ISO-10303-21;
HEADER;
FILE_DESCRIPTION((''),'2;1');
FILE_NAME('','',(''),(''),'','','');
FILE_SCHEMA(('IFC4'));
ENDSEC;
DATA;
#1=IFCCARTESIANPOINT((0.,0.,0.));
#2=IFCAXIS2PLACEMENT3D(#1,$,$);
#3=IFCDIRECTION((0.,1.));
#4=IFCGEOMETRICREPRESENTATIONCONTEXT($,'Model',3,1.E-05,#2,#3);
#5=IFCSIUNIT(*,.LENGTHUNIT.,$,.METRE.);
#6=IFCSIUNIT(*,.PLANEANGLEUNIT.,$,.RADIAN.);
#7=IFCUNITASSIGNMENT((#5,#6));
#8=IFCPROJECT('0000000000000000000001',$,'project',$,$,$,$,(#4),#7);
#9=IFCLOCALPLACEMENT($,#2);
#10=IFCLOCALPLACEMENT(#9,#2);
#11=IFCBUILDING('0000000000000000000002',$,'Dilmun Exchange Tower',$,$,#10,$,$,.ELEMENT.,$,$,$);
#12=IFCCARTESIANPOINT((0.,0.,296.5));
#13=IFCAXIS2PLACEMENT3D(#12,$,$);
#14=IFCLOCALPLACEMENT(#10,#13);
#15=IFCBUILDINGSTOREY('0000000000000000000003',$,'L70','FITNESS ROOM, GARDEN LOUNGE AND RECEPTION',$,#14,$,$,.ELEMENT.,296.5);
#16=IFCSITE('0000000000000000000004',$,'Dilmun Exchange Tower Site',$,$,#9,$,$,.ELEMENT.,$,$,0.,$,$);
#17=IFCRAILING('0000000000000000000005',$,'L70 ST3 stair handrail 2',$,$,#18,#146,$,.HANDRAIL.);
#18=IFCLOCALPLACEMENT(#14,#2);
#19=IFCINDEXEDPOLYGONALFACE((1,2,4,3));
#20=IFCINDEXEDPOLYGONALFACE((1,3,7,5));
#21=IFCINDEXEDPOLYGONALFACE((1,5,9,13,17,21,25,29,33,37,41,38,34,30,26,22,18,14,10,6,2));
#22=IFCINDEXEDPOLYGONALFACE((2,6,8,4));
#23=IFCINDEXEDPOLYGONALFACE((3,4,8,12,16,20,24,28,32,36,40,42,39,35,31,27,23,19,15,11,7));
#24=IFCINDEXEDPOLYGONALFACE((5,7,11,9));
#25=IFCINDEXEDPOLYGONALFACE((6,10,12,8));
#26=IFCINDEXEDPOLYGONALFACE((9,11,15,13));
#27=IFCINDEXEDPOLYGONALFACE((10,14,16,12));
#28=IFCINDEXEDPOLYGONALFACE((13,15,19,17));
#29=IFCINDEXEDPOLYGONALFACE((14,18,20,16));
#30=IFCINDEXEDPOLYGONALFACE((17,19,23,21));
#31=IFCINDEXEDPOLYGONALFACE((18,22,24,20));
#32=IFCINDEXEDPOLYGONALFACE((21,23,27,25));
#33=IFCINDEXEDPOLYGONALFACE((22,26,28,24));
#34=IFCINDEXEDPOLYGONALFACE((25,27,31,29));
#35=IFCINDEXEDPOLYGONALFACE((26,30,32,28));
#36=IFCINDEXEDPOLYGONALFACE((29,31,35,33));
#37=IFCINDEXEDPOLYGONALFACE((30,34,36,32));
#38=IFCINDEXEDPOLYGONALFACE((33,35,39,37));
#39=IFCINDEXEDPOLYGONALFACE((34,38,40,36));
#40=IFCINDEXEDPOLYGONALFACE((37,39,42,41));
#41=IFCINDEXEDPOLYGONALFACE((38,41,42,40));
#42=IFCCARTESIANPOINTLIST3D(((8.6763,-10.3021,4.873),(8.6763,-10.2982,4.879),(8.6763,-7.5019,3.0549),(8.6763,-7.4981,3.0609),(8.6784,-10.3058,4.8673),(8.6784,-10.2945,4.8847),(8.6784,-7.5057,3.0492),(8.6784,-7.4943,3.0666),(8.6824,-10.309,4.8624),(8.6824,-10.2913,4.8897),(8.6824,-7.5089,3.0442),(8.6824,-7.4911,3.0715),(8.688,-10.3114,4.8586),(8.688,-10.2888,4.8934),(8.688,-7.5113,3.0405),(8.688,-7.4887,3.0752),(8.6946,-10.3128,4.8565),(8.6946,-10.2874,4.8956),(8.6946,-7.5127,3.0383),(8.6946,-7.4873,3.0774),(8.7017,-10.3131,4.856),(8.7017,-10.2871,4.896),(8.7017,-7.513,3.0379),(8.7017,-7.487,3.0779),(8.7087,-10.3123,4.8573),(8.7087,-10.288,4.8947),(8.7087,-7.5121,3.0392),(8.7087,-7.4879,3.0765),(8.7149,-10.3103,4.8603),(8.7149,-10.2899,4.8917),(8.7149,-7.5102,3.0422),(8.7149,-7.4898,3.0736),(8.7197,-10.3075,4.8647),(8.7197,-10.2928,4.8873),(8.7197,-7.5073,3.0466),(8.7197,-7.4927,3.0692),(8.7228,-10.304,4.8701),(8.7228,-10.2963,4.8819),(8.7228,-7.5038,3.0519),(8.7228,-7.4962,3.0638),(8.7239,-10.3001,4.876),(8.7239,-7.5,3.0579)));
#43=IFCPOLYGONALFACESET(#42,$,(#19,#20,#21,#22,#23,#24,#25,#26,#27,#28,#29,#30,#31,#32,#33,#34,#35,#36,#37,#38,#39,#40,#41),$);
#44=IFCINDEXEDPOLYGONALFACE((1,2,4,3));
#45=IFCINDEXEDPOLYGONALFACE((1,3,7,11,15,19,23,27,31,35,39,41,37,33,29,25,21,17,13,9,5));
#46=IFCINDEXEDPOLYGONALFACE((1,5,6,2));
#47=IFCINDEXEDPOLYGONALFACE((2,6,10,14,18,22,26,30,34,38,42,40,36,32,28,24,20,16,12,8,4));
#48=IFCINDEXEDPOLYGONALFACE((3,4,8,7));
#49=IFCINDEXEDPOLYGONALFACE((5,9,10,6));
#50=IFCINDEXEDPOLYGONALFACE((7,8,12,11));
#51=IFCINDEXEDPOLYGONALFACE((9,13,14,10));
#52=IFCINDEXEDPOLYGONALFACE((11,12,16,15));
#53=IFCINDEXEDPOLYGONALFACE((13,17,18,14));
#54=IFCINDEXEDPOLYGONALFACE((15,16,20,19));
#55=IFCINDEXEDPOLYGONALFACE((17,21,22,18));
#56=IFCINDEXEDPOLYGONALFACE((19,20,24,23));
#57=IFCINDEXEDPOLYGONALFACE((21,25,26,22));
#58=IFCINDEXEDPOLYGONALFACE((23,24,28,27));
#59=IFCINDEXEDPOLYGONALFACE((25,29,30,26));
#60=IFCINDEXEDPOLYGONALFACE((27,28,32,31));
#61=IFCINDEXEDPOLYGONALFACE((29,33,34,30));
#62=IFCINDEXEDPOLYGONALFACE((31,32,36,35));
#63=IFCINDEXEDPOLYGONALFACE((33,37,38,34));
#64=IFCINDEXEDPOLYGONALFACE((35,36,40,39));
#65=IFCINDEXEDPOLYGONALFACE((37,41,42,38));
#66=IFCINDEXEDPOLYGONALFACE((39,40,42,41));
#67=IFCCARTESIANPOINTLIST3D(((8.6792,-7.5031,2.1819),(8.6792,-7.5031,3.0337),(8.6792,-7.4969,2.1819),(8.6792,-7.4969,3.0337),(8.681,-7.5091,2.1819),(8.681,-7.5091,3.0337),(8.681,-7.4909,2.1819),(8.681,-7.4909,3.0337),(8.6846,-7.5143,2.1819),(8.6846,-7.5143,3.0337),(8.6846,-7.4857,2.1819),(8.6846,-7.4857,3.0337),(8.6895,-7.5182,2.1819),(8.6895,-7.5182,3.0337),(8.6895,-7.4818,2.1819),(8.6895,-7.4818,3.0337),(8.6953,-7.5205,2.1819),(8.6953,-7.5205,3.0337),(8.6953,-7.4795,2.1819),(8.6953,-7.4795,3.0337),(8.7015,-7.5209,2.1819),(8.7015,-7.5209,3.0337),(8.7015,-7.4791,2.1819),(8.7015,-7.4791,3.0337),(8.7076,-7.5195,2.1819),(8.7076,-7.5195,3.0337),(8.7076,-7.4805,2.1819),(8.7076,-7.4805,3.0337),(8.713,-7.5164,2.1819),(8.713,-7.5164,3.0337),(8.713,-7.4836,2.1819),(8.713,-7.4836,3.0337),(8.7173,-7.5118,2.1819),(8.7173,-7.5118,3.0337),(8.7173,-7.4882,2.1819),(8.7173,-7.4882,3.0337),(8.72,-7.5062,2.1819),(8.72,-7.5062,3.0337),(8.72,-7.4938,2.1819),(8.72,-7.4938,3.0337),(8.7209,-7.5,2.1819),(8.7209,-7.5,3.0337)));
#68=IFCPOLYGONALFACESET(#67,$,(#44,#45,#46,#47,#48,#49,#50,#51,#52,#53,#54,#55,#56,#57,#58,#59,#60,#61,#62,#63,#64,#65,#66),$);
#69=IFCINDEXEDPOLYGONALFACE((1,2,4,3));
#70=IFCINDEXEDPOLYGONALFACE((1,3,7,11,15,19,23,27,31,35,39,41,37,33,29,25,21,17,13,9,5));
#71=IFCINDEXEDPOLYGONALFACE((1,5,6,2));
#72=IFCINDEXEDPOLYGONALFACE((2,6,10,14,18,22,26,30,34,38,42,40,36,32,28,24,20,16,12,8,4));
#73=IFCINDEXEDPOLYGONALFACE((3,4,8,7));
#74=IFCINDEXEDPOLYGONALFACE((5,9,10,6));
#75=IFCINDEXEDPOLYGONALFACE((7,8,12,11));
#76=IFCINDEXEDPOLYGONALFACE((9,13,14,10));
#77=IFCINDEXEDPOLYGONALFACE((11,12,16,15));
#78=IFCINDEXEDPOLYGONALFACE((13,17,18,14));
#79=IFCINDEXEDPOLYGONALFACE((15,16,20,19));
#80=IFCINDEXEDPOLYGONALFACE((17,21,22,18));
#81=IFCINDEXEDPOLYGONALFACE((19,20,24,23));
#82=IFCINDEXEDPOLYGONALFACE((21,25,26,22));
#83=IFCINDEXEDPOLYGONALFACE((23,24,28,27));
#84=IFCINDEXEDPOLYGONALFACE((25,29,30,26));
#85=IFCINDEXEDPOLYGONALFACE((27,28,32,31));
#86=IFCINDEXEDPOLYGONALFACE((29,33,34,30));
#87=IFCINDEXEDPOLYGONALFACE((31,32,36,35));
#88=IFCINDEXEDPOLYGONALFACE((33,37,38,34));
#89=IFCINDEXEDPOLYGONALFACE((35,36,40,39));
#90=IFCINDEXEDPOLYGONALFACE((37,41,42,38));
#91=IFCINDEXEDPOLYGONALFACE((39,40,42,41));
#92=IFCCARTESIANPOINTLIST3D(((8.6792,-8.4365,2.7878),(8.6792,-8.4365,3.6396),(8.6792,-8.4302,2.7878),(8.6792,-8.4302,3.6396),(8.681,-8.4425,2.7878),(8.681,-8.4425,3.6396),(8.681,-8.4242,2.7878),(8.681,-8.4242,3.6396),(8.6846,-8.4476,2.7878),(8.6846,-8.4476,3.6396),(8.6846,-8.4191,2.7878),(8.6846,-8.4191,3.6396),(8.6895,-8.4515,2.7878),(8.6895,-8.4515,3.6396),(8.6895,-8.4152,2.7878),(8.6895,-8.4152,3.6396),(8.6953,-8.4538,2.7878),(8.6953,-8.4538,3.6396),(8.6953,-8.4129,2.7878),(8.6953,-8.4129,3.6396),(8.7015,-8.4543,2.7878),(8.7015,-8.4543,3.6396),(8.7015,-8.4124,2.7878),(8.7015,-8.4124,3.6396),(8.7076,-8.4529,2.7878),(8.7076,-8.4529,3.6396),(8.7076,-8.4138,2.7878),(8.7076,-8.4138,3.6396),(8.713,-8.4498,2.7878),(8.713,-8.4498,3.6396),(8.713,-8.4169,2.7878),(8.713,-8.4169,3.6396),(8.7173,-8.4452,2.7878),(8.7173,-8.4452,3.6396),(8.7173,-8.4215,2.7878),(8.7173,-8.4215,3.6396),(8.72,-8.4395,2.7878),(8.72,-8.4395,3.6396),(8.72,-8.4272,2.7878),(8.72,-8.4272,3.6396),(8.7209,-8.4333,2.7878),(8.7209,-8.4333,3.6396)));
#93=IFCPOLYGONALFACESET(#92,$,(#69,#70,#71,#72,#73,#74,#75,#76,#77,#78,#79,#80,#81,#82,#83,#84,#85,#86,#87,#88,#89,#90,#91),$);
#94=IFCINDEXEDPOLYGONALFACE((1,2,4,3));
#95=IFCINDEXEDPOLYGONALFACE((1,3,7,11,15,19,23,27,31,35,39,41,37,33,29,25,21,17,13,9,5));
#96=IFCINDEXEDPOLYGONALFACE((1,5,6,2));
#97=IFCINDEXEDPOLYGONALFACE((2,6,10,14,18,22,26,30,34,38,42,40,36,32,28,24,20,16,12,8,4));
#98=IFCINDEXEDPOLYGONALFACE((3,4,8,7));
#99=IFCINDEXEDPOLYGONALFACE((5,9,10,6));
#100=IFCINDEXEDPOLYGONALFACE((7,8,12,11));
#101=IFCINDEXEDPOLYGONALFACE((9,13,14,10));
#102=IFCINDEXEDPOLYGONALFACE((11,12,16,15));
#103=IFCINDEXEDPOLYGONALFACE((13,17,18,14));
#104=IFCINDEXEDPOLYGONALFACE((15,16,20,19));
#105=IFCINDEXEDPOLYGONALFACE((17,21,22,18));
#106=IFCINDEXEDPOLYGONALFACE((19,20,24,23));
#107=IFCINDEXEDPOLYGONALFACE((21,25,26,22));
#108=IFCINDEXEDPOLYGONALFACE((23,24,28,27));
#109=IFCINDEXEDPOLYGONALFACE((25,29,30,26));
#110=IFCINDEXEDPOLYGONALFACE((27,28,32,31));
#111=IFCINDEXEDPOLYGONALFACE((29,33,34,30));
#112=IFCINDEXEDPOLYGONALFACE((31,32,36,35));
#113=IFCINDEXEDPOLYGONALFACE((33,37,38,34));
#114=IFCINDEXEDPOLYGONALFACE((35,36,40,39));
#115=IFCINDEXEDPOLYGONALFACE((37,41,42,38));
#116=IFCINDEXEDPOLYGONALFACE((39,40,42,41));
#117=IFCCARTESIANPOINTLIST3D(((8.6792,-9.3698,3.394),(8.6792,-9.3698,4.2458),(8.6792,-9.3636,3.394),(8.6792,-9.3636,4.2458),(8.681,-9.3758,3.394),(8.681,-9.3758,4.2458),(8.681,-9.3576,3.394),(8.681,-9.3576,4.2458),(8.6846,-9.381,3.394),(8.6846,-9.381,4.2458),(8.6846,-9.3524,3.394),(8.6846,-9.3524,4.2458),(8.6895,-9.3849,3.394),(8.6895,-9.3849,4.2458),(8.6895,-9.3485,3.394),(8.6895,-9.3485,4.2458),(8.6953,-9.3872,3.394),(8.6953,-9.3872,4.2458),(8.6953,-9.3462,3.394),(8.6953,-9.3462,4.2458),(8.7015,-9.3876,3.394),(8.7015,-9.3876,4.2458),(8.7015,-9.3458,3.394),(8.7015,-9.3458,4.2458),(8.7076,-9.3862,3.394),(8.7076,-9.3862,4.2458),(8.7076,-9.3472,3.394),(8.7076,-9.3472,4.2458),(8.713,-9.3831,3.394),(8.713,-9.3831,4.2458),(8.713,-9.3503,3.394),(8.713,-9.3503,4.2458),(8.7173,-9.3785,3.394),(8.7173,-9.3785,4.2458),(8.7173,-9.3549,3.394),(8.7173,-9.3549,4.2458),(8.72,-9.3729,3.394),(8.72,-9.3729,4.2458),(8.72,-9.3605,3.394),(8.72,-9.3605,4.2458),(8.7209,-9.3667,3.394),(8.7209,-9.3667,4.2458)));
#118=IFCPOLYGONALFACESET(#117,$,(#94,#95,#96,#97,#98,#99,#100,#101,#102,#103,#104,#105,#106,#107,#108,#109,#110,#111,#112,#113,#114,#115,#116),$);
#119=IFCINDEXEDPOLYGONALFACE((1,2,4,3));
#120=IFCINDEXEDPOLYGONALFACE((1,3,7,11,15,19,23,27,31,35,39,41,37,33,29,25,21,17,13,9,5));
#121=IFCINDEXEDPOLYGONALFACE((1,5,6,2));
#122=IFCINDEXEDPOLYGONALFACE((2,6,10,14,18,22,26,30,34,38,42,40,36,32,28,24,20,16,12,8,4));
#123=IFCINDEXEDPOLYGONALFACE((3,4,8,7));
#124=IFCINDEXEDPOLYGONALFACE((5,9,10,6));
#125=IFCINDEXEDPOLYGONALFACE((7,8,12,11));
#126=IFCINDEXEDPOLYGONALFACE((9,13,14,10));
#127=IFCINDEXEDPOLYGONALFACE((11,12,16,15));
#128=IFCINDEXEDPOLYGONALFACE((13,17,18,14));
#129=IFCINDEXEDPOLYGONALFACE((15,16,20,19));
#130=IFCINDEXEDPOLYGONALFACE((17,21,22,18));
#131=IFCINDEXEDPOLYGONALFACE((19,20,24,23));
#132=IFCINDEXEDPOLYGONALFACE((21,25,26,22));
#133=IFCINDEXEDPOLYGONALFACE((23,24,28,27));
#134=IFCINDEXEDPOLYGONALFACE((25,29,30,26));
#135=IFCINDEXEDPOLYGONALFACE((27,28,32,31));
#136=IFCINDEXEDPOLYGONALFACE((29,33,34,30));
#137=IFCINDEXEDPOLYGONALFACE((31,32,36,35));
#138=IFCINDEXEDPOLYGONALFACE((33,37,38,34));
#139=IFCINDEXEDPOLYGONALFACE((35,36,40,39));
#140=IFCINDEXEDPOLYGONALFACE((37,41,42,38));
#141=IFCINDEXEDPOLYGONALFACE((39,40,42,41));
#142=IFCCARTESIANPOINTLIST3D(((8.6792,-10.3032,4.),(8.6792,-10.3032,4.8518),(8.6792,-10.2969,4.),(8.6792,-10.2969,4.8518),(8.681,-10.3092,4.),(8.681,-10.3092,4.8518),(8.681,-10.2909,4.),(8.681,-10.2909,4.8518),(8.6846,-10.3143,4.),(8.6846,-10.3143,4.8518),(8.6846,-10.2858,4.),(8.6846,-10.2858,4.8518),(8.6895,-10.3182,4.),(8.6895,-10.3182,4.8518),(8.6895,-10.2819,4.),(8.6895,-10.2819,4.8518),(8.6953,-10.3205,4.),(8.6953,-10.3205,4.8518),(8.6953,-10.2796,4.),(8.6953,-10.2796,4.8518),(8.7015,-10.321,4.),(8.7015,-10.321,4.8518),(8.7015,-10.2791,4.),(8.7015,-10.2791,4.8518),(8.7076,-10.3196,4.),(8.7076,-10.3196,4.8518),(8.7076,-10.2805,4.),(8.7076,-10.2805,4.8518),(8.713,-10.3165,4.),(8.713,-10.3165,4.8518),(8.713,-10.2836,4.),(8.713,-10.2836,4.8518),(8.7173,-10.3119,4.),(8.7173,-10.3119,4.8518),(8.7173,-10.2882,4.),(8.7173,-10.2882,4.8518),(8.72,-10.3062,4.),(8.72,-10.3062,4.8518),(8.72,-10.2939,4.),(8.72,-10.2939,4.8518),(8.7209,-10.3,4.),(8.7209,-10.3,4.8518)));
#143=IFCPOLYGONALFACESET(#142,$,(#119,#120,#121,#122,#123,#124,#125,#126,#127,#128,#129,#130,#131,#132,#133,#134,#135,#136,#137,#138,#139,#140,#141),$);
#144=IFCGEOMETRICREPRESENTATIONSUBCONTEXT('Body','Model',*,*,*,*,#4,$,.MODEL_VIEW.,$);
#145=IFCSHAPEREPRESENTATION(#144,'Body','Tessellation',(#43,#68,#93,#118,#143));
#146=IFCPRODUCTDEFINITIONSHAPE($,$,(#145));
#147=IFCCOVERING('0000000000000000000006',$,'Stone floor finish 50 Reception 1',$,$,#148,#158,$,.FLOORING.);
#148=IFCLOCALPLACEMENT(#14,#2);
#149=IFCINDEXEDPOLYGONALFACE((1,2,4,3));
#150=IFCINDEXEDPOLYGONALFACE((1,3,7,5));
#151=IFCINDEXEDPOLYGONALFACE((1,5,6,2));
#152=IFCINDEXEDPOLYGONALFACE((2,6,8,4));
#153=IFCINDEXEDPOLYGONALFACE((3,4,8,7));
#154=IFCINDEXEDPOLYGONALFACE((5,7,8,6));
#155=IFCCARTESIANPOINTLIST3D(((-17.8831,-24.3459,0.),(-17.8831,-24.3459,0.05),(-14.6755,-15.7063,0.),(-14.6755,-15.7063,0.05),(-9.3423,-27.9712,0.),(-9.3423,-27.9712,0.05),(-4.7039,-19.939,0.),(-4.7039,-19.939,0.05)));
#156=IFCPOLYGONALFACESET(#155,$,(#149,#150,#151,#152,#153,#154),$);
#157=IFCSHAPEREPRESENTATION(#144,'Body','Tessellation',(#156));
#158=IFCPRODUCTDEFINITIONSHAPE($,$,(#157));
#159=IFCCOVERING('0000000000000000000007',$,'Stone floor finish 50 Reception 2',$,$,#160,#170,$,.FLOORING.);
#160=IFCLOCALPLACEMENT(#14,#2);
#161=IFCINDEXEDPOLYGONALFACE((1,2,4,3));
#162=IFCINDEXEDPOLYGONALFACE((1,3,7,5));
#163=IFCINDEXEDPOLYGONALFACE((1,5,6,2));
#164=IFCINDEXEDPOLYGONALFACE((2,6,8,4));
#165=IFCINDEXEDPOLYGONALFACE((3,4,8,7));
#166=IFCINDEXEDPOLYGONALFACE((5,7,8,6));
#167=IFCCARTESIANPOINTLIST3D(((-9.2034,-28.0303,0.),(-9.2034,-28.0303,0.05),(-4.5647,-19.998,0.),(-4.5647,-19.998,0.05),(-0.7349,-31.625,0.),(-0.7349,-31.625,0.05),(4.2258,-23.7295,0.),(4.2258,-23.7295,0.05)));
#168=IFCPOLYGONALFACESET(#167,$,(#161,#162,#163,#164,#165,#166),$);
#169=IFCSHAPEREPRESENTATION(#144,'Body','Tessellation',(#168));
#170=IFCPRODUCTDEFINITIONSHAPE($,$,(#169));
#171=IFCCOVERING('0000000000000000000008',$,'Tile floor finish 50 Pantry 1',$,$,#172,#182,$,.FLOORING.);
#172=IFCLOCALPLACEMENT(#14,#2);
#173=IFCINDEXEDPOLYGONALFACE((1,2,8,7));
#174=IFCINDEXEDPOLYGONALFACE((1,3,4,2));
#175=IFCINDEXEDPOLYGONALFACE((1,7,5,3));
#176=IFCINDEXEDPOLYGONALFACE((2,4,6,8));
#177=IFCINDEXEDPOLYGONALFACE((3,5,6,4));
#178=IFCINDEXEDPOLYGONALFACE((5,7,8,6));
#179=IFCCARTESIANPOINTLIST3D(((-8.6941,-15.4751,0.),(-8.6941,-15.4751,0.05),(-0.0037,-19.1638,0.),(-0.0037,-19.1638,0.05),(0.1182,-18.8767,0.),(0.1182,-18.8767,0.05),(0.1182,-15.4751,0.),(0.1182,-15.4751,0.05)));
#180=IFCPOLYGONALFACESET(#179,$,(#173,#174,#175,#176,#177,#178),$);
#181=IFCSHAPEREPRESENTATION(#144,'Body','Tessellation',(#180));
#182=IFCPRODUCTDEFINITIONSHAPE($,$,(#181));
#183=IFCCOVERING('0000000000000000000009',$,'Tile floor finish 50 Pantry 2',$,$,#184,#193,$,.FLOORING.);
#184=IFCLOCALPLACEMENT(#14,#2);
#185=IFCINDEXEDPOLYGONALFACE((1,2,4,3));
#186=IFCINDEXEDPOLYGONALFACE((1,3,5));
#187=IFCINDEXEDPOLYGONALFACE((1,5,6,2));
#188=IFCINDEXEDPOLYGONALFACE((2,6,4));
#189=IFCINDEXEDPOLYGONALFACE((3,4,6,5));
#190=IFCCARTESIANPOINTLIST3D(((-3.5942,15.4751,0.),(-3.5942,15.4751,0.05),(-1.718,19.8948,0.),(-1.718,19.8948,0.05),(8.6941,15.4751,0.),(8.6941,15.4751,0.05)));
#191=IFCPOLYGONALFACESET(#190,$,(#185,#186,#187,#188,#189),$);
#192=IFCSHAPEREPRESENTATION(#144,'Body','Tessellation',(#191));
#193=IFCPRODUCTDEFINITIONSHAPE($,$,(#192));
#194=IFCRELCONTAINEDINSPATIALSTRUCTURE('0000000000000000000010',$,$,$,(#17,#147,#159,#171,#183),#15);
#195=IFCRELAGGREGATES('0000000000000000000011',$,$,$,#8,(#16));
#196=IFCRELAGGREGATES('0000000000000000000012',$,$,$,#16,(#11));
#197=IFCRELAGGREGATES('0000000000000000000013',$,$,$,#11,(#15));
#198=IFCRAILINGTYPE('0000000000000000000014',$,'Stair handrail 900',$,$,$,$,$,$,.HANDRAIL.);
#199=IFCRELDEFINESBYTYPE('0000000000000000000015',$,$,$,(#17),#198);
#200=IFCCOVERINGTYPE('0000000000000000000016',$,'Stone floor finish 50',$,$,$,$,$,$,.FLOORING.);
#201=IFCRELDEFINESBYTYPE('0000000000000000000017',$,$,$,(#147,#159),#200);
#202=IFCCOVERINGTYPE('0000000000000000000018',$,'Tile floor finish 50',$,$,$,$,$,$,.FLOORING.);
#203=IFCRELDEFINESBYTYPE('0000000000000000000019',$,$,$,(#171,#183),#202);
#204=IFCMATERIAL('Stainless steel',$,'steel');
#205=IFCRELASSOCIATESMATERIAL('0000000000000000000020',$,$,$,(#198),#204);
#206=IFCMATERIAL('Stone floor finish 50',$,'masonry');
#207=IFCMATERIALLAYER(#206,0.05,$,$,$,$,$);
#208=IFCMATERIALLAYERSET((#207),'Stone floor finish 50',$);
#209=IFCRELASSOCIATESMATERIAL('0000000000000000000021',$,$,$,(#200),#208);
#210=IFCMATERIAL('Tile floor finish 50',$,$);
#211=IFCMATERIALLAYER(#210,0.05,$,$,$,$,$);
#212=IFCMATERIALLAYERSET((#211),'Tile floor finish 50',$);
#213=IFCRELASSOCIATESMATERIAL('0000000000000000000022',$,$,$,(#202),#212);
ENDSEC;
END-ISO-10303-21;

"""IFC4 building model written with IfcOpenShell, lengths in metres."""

from ifc_helpers import new_model, si_unit, direction, frame, origin, origin_2d, place, context, subcontext, project, spatial, polyline, circle, outline, extrude, material, layer, layer_set, type_object, element, save


model = new_model("IFC4")

# Units and contexts
model_context = context("Model", 3, precision=1e-05, world=origin(), true_north=direction((0.0, 1.0)))
body_context = subcontext(model_context, "Body", "Model", "MODEL_VIEW")
ifc_project = project(units=[si_unit("LENGTHUNIT", "METRE"), si_unit("PLANEANGLEUNIT", "RADIAN")], contexts=[model_context])

# Site, building, storey
site_placement = place(None, origin())
site = spatial("IfcSite", under=ifc_project, at=site_placement, Name="Dilmun Exchange Tower Site", CompositionType="ELEMENT", RefElevation=0.0)
building_placement = place(site_placement, origin())
building = spatial("IfcBuilding", under=site, at=building_placement, Name="Dilmun Exchange Tower", CompositionType="ELEMENT")
storey_placement = place(building_placement, frame((0.0, 0.0, 296.5)))
storey = spatial("IfcBuildingStorey", under=building, at=storey_placement, Name="L70", Description="FITNESS ROOM, GARDEN LOUNGE AND RECEPTION", CompositionType="ELEMENT", Elevation=296.5)

# Railing
ifc_material_1 = material(Name="Stainless steel", Category="steel")
railing_type = type_object("IfcRailingType", Name="Stair handrail 900", PredefinedType="HANDRAIL", material=ifc_material_1)
railing_placement = place(storey_placement, frame((8.7, -7.5, 2.1819)))
element("IfcRailing", 1, at=railing_placement, inside=storey, type_object=railing_type, Name="L70 ST3 stair handrail 2", PredefinedType="HANDRAIL", context=body_context, shape_type="SweptSolid", body=[
    extrude(circle(Radius=0.0239, at=origin_2d()), frame((0.0, 0.0, 0.876), z_axis=(0.0, -0.838706, 0.544585), x_axis=(1.0, 0.0, 0.0)), (0.0, 0.0, 1.0), 3.3386),
    extrude(circle(Radius=0.021, at=origin_2d()), origin(), (0.0, 0.0, 1.0), 0.8518),
    extrude(circle(Radius=0.021, at=origin_2d()), frame((0.0, -0.9333, 0.606)), (0.0, 0.0, 1.0), 0.8518),
    extrude(circle(Radius=0.021, at=origin_2d()), frame((0.0, -1.8667, 1.2122)), (0.0, 0.0, 1.0), 0.8518),
    extrude(circle(Radius=0.021, at=origin_2d()), frame((0.0, -2.8, 1.8181)), (0.0, 0.0, 1.0), 0.8518),
])

# Coverings
ifc_material_2 = material(Name="Stone floor finish 50", Category="masonry")
ifc_layer_1 = layer(ifc_material_2, 0.05)
ifc_layer_set_1 = layer_set([ifc_layer_1], Name="Stone floor finish 50")
covering_type_1 = type_object("IfcCoveringType", Name="Stone floor finish 50", PredefinedType="FLOORING", material=ifc_layer_set_1)
covering_1_placement = place(storey_placement, origin())
element("IfcCovering", 2, at=covering_1_placement, inside=storey, type_object=covering_type_1, Name="Stone floor finish 50 Reception 1", PredefinedType="FLOORING", context=body_context, shape_type="SweptSolid", body=[
    extrude(outline(polyline([(-4.7039, -19.939), (-9.3423, -27.9712), (-17.8831, -24.3459), (-14.6755, -15.7063), (-4.7039, -19.939)])), origin(), (0.0, 0.0, 1.0), 0.05),
])
covering_2_placement = place(storey_placement, origin())
element("IfcCovering", 3, at=covering_2_placement, inside=storey, type_object=covering_type_1, Name="Stone floor finish 50 Reception 2", PredefinedType="FLOORING", context=body_context, shape_type="SweptSolid", body=[
    extrude(outline(polyline([(4.2258, -23.7295), (-0.7349, -31.625), (-9.2034, -28.0303), (-4.5647, -19.998), (4.2258, -23.7295)])), origin(), (0.0, 0.0, 1.0), 0.05),
])
ifc_material_3 = material(Name="Tile floor finish 50")
ifc_layer_2 = layer(ifc_material_3, 0.05)
ifc_layer_set_2 = layer_set([ifc_layer_2], Name="Tile floor finish 50")
covering_type_2 = type_object("IfcCoveringType", Name="Tile floor finish 50", PredefinedType="FLOORING", material=ifc_layer_set_2)
covering_3_placement = place(storey_placement, origin())
element("IfcCovering", 4, at=covering_3_placement, inside=storey, type_object=covering_type_2, Name="Tile floor finish 50 Pantry 1", PredefinedType="FLOORING", context=body_context, shape_type="SweptSolid", body=[
    extrude(outline(polyline([(0.1182, -15.4751), (0.1182, -18.8767), (-0.0037, -19.1638), (-8.6941, -15.4751), (0.1182, -15.4751)])), origin(), (0.0, 0.0, 1.0), 0.05),
])
covering_4_placement = place(storey_placement, origin())
element("IfcCovering", 5, at=covering_4_placement, inside=storey, type_object=covering_type_2, Name="Tile floor finish 50 Pantry 2", PredefinedType="FLOORING", context=body_context, shape_type="SweptSolid", body=[
    extrude(outline(polyline([(-3.5942, 15.4751), (-1.718, 19.8948), (8.6941, 15.4751), (-3.5942, 15.4751)])), origin(), (0.0, 0.0, 1.0), 0.05),
])

save(model, "model.ifc")
